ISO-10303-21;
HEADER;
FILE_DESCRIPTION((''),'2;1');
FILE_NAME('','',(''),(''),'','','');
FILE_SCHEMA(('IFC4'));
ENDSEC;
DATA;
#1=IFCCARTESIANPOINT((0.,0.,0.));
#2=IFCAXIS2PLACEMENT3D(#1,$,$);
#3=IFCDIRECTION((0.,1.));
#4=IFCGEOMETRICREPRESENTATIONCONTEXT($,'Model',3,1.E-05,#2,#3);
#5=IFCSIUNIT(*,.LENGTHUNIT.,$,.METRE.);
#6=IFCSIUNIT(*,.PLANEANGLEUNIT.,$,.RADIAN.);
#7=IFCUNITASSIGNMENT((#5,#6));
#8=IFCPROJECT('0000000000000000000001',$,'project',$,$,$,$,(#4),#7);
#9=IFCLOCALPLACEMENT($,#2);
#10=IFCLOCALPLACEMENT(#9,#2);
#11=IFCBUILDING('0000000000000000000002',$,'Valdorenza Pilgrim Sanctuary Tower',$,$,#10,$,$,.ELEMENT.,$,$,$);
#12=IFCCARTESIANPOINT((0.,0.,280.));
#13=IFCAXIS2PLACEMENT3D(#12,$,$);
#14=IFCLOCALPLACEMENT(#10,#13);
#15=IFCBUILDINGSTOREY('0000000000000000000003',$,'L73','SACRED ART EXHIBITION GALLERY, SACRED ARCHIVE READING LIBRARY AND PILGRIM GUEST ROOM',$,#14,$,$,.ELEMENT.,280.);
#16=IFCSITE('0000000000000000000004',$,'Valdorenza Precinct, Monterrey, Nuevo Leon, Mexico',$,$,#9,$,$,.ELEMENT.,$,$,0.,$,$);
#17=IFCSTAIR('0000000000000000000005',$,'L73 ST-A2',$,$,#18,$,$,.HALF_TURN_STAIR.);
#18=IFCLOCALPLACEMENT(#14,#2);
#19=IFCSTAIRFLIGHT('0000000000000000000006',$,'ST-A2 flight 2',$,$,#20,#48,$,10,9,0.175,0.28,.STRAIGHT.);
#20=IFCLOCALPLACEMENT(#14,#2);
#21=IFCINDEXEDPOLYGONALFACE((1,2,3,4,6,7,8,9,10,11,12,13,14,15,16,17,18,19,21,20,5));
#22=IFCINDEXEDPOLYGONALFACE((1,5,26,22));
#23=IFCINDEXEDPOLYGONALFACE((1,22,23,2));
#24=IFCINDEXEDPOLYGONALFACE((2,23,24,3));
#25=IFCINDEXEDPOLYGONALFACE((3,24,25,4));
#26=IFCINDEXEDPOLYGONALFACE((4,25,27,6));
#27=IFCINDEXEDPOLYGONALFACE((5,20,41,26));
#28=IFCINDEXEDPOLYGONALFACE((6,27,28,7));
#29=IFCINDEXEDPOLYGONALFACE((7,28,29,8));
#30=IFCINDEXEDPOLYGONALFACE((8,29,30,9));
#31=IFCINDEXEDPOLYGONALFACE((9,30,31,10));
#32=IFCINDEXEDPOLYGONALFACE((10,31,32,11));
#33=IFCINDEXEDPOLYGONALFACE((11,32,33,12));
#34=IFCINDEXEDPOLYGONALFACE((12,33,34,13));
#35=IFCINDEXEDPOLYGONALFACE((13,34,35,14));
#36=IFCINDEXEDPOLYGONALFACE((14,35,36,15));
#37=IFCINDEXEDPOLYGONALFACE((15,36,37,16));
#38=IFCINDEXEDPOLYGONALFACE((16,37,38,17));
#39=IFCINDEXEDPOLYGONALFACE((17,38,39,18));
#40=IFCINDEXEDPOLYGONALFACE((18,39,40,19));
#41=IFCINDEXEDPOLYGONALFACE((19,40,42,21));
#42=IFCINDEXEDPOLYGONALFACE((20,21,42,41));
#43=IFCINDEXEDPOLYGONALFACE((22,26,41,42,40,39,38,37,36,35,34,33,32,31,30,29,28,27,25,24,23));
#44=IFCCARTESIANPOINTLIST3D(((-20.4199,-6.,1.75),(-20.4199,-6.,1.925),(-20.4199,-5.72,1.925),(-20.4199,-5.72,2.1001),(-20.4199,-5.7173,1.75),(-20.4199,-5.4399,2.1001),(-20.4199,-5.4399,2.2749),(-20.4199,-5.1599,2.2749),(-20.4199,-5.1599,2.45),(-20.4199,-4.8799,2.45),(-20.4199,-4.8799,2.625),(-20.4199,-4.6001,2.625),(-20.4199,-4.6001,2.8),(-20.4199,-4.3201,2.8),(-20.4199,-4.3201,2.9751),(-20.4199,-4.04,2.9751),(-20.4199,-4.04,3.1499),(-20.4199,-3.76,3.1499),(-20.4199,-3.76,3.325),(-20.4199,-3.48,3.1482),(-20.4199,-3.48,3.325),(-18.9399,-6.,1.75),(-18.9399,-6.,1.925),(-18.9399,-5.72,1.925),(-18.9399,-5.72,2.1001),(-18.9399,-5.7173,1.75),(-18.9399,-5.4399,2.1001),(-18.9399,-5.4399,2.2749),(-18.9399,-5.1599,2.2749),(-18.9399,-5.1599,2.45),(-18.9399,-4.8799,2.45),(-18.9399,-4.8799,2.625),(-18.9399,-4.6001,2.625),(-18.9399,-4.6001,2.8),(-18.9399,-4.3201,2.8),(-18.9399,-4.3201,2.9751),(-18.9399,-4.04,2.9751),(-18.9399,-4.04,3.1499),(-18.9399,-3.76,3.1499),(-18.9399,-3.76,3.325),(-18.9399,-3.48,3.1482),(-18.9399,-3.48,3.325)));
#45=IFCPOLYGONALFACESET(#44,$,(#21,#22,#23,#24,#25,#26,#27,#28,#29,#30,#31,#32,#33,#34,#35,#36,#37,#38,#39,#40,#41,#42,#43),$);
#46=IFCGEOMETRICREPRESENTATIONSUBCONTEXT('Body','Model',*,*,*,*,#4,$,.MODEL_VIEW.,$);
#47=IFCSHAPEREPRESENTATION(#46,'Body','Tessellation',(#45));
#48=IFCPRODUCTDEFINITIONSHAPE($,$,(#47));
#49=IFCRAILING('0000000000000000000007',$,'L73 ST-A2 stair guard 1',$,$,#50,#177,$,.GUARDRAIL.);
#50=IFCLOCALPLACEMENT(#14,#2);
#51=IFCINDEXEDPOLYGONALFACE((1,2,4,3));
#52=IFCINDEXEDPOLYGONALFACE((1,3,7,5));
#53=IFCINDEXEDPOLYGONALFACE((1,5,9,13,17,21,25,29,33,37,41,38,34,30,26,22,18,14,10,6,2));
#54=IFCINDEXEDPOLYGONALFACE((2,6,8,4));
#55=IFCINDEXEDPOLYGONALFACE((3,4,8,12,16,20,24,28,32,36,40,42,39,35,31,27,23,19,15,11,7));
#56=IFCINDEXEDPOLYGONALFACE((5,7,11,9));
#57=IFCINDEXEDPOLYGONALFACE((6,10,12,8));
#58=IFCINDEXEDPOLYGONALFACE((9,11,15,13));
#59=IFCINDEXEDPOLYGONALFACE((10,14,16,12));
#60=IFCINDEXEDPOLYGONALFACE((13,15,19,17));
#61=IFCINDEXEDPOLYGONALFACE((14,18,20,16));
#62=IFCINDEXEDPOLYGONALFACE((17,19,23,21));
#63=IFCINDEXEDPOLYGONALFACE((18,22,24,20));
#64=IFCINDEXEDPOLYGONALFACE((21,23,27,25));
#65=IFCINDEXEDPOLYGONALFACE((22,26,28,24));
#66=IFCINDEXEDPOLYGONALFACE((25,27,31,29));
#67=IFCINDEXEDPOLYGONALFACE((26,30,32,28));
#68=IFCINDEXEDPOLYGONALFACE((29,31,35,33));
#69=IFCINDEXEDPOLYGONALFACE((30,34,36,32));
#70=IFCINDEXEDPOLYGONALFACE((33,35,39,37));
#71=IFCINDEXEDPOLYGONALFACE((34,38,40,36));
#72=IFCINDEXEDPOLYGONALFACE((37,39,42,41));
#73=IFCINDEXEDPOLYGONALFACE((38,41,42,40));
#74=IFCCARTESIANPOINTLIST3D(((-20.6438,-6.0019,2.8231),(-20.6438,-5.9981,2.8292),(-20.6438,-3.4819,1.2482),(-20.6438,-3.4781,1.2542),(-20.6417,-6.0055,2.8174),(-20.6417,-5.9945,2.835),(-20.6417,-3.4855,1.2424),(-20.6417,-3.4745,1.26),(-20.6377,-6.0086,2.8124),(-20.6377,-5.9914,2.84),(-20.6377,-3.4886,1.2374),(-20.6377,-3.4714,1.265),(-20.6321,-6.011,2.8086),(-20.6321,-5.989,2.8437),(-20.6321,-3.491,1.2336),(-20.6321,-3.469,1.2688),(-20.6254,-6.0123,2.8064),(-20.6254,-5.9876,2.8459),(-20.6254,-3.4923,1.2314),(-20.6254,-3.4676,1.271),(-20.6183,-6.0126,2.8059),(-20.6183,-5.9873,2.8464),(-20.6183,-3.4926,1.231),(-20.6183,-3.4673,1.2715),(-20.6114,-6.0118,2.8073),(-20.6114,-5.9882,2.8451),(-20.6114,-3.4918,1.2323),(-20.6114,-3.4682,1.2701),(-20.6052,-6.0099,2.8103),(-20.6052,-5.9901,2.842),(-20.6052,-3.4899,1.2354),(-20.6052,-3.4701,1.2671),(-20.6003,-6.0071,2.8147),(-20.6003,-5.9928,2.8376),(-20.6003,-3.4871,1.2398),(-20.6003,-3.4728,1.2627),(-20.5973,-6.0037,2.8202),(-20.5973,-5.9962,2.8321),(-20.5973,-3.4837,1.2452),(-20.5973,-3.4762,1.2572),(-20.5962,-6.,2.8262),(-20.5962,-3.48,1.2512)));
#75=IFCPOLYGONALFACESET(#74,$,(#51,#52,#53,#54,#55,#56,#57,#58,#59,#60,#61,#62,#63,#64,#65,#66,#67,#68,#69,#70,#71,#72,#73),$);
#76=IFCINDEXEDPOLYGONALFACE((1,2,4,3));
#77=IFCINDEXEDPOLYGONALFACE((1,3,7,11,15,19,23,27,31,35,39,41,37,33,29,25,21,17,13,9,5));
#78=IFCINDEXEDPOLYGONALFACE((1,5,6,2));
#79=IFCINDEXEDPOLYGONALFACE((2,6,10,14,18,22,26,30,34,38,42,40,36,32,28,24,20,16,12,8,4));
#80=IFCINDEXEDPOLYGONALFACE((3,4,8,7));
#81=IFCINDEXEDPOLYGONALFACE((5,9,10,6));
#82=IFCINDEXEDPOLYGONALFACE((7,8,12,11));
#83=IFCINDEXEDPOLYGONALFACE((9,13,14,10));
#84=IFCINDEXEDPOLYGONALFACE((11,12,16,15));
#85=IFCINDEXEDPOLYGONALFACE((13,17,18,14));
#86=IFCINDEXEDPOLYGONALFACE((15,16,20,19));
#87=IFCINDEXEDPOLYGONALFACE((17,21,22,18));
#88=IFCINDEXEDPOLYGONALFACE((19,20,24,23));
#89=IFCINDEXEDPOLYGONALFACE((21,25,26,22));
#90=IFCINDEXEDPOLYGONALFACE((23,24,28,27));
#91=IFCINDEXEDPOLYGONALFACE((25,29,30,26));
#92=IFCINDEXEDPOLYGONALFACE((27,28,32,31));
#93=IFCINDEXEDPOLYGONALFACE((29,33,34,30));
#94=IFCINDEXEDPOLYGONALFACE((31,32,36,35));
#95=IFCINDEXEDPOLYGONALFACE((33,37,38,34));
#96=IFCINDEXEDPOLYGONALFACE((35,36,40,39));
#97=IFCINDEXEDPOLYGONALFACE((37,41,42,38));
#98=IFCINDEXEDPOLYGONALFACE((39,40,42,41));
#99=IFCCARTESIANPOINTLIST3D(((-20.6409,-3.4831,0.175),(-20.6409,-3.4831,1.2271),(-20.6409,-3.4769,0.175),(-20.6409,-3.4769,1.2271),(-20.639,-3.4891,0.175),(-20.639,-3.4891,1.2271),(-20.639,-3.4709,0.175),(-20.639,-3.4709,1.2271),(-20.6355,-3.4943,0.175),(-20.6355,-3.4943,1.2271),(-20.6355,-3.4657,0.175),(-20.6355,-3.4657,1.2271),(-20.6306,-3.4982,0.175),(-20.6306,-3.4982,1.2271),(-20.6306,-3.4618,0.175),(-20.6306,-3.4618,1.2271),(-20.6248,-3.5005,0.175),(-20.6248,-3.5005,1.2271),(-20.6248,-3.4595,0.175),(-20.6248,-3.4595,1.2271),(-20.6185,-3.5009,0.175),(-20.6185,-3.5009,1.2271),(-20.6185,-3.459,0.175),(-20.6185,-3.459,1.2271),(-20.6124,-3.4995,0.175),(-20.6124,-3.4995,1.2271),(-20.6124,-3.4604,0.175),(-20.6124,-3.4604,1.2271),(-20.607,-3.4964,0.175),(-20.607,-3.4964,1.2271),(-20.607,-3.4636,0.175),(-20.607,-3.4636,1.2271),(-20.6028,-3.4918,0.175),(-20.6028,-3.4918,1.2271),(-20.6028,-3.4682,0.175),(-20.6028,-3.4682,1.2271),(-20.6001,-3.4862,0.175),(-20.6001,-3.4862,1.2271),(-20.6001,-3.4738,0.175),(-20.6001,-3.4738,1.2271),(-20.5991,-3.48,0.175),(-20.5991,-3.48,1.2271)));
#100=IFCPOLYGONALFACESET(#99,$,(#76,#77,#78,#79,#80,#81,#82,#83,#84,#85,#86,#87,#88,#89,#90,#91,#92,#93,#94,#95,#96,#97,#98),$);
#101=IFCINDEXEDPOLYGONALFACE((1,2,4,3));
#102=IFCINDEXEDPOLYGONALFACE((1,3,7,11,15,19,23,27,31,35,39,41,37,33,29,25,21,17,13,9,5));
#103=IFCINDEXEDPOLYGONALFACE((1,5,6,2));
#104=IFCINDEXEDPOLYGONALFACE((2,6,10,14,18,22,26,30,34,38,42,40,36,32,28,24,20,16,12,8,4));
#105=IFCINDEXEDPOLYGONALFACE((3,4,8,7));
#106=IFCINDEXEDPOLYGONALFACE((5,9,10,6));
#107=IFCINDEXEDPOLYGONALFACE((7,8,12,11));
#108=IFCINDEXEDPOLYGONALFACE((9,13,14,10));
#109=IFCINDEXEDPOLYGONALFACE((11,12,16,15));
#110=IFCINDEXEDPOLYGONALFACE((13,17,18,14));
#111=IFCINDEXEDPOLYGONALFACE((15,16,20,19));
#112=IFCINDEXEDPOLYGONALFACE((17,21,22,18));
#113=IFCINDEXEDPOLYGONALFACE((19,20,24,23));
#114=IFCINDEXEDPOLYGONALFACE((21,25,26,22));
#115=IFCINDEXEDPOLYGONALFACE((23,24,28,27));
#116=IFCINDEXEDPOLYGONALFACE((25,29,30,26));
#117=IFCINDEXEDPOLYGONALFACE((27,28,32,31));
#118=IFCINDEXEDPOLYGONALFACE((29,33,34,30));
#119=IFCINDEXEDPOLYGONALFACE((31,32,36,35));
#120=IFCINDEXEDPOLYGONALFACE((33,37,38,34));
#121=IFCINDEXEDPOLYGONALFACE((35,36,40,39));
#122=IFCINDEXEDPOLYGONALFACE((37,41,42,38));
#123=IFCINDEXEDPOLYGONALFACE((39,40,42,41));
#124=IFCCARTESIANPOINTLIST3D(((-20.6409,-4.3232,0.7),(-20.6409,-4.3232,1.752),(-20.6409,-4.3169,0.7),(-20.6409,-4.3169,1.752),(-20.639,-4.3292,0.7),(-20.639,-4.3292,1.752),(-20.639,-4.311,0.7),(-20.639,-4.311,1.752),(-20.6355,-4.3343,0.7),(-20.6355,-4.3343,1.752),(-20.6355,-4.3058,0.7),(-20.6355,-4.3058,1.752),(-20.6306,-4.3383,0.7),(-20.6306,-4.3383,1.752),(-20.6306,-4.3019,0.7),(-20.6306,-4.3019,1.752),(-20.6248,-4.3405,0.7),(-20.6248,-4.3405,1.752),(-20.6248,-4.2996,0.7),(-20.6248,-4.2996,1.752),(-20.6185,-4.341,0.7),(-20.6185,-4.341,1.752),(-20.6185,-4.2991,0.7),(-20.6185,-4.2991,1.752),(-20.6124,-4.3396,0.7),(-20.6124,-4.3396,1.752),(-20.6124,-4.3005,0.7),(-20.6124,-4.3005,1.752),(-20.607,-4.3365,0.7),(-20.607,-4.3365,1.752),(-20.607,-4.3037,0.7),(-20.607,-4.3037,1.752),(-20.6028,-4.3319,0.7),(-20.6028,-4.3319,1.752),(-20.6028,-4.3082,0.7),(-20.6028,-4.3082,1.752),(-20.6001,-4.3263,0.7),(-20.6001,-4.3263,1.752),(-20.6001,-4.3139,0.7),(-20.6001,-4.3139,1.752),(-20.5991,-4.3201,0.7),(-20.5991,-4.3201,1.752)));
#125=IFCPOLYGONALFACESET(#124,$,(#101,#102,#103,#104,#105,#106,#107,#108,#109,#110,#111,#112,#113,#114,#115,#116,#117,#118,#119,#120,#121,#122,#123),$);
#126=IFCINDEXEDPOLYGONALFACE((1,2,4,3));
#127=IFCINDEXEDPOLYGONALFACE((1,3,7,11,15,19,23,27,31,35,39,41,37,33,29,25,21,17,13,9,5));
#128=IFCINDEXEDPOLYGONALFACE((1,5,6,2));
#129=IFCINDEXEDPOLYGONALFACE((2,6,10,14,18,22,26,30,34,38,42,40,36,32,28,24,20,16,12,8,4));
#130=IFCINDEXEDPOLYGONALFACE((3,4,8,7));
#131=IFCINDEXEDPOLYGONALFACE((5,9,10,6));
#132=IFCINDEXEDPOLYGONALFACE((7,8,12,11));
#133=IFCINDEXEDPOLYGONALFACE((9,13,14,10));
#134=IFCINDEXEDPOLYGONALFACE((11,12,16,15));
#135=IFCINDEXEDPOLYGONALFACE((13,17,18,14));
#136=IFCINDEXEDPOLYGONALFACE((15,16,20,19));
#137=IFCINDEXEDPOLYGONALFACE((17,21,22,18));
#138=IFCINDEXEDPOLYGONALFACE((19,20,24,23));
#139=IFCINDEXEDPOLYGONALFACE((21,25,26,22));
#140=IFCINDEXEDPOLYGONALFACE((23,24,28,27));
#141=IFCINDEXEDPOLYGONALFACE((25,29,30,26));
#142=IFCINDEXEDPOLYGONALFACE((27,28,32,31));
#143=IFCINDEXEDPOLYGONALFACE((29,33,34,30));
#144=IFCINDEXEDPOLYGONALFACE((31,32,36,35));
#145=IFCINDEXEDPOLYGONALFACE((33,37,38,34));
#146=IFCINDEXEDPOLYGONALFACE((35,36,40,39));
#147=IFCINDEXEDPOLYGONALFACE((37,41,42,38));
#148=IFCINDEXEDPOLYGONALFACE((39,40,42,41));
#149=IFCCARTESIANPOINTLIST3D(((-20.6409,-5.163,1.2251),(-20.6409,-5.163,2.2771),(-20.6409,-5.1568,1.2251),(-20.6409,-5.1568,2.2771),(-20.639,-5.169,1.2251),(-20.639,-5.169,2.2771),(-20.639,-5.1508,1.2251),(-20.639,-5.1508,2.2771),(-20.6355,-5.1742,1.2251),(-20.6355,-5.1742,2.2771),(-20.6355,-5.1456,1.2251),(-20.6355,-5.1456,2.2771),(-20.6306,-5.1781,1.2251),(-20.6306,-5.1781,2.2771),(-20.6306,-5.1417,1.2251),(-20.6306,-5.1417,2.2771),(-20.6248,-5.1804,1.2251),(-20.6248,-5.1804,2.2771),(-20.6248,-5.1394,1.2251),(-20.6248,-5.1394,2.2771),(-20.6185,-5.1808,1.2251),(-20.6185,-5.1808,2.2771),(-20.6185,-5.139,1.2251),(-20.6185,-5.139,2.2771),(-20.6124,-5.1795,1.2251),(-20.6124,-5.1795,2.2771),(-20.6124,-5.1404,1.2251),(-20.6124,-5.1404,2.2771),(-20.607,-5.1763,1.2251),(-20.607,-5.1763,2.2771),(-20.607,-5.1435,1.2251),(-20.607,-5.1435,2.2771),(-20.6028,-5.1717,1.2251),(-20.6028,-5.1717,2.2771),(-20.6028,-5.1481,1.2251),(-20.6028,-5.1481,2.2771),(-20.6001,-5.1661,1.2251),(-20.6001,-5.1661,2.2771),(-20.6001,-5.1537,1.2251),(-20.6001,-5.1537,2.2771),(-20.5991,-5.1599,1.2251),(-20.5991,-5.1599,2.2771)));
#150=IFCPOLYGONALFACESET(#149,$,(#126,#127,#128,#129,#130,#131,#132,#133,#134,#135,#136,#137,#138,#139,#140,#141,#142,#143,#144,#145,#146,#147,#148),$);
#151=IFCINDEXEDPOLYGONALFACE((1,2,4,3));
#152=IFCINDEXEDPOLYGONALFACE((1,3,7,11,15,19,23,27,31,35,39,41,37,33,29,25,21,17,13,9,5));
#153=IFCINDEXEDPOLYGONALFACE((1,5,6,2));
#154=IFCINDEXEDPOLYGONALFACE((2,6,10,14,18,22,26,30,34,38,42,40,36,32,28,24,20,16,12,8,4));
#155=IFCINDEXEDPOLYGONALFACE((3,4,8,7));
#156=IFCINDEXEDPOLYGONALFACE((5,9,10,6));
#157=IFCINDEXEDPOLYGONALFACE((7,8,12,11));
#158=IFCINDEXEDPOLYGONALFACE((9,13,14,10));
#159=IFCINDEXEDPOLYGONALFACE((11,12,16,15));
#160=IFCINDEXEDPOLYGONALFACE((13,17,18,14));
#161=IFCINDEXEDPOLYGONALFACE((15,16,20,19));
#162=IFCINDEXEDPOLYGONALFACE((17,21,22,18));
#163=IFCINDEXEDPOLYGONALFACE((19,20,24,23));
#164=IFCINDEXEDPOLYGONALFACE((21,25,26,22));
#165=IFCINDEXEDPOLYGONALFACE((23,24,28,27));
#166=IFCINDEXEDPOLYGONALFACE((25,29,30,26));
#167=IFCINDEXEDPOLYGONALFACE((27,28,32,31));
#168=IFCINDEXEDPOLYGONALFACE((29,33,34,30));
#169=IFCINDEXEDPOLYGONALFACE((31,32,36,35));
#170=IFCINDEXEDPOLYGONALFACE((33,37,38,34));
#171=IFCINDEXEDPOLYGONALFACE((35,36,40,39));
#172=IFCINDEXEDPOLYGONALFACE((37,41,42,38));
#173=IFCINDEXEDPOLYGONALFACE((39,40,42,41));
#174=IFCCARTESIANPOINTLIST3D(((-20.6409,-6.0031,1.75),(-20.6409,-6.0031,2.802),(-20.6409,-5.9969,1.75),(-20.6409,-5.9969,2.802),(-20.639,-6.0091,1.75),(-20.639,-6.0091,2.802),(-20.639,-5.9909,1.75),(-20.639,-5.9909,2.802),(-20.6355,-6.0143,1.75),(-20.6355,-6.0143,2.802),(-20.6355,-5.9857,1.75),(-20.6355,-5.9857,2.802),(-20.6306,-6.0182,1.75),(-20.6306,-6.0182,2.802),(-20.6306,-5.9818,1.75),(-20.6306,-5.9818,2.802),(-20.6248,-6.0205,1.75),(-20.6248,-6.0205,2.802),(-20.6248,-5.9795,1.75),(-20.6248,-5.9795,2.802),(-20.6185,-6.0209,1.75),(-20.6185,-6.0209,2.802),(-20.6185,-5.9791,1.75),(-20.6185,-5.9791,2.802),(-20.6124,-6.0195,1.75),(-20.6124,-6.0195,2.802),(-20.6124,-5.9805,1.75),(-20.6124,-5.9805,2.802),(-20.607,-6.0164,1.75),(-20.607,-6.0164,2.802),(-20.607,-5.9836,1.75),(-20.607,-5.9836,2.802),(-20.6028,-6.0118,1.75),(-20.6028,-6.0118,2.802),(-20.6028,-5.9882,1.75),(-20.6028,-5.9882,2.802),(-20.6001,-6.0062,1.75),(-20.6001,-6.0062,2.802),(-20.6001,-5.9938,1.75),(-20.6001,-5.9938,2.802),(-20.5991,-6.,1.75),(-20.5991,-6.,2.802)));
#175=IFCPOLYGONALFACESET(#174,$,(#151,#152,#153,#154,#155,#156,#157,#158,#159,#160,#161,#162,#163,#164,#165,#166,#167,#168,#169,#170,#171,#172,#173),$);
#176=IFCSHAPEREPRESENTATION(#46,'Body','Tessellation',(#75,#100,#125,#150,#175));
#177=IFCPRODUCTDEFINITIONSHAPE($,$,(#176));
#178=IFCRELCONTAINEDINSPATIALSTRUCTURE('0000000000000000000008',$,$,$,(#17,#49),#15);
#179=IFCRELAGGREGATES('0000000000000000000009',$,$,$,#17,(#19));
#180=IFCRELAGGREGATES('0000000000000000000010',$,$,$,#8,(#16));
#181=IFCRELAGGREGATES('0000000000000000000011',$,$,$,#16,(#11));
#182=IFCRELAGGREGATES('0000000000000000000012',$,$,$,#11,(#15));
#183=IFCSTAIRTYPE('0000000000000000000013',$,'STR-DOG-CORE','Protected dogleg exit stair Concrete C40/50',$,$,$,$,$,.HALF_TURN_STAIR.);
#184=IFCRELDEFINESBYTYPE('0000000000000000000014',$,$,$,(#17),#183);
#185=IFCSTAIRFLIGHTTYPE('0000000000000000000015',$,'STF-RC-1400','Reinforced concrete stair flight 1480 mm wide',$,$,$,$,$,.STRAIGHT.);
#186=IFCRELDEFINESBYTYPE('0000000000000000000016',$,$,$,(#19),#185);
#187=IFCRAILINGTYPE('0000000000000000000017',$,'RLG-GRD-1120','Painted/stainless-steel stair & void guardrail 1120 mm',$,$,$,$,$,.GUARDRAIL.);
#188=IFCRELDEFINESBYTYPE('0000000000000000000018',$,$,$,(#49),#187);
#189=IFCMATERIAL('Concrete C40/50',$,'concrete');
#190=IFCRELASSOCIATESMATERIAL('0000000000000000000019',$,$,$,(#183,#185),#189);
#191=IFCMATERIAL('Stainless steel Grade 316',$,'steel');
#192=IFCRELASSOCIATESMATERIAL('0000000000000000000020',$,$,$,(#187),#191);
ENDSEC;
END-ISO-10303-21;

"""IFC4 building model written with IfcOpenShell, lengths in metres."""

from ifc_helpers import new_model, si_unit, direction, frame, origin, origin_2d, place, context, subcontext, project, spatial, polyline, circle, outline, extrude, material, type_object, element, aggregate, save


model = new_model("IFC4")

# Units and contexts
model_context = context("Model", 3, precision=1e-05, world=origin(), true_north=direction((0.0, 1.0)))
body_context = subcontext(model_context, "Body", "Model", "MODEL_VIEW")
ifc_project = project(units=[si_unit("LENGTHUNIT", "METRE"), si_unit("PLANEANGLEUNIT", "RADIAN")], contexts=[model_context])

# Site, building, storey
site_placement = place(None, origin())
site = spatial("IfcSite", under=ifc_project, at=site_placement, Name="Valdorenza Precinct, Monterrey, Nuevo Leon, Mexico", CompositionType="ELEMENT", RefElevation=0.0)
building_placement = place(site_placement, origin())
building = spatial("IfcBuilding", under=site, at=building_placement, Name="Valdorenza Pilgrim Sanctuary Tower", CompositionType="ELEMENT")
storey_placement = place(building_placement, frame((0.0, 0.0, 280.0)))
storey = spatial("IfcBuildingStorey", under=building, at=storey_placement, Name="L73", Description="SACRED ART EXHIBITION GALLERY, SACRED ARCHIVE READING LIBRARY AND PILGRIM GUEST ROOM", CompositionType="ELEMENT", Elevation=280.0)

# Shared definitions
ifc_material_1 = material(Name="Concrete C40/50", Category="concrete")

# Stair, stair flight
stair_type = type_object("IfcStairType", Name="STR-DOG-CORE", Description="Protected dogleg exit stair Concrete C40/50", PredefinedType="HALF_TURN_STAIR", material=ifc_material_1)
stair_placement = place(storey_placement, origin())
stair = element("IfcStair", 1, at=stair_placement, inside=storey, type_object=stair_type, Name="L73 ST-A2", PredefinedType="HALF_TURN_STAIR")
stair_flight_type = type_object("IfcStairFlightType", Name="STF-RC-1400", Description="Reinforced concrete stair flight 1480 mm wide", PredefinedType="STRAIGHT", material=ifc_material_1)
stair_flight_1_placement = place(storey_placement, frame((-19.6799, -6.0, 1.75), z_axis=(0.0, 0.0, 1.0), x_axis=(0.0, 1.0, 0.0)))
stair_flight_1 = element("IfcStairFlight", 2, at=stair_flight_1_placement, type_object=stair_flight_type, Name="ST-A2 flight 2", NumberOfRisers=10, NumberOfTreads=9, PredefinedType="STRAIGHT", RiserHeight=0.175, TreadLength=0.28, context=body_context, shape_type="SweptSolid", body=[
    extrude(outline(polyline([(0.0, 0.0), (0.0, 0.175), (0.28, 0.175), (0.28, 0.3501), (0.5601, 0.3501), (0.5601, 0.5249), (0.8401, 0.5249), (0.8401, 0.7), (1.1201, 0.7), (1.1201, 0.875), (1.3999, 0.875), (1.3999, 1.05), (1.6799, 1.05), (1.6799, 1.2251), (1.96, 1.2251), (1.96, 1.3999), (2.24, 1.3999), (2.24, 1.575), (2.52, 1.575), (2.52, 1.75), (2.52, 1.3982), (0.2827, 0.0), (0.0, 0.0)])), frame((0.0, 0.74, 0.0), z_axis=(0.0, -1.0, 0.0), x_axis=(1.0, 0.0, 0.0)), (0.0, 0.0, 1.0), 1.48),
])
aggregate(stair, [stair_flight_1])

# Railing
ifc_material_2 = material(Name="Stainless steel Grade 316", Category="steel")
railing_type_1 = type_object("IfcRailingType", Name="RLG-GRD-1120", Description="Painted/stainless-steel stair & void guardrail 1120 mm", PredefinedType="GUARDRAIL", material=ifc_material_2)
railing_1_placement = place(storey_placement, frame((-20.6201, -3.48, 0.175)))
element("IfcRailing", 3, at=railing_1_placement, inside=storey, type_object=railing_type_1, Name="L73 ST-A2 stair guard 1", PredefinedType="GUARDRAIL", context=body_context, shape_type="SweptSolid", body=[
    extrude(circle(Radius=0.0239, at=origin_2d()), frame((0.0, 0.0, 1.0762), z_axis=(0.0, -0.848008, 0.529984), x_axis=(1.0, 0.0, 0.0)), (0.0, 0.0, 1.0), 2.9717),
    extrude(circle(Radius=0.021, at=origin_2d()), origin(), (0.0, 0.0, 1.0), 1.052),
    extrude(circle(Radius=0.021, at=origin_2d()), frame((0.0, -0.8401, 0.5249)), (0.0, 0.0, 1.0), 1.052),
    extrude(circle(Radius=0.021, at=origin_2d()), frame((0.0, -1.6799, 1.05)), (0.0, 0.0, 1.0), 1.052),
    extrude(circle(Radius=0.021, at=origin_2d()), frame((0.0, -2.52, 1.575)), (0.0, 0.0, 1.0), 1.052),
])

save(model, "model.ifc")
